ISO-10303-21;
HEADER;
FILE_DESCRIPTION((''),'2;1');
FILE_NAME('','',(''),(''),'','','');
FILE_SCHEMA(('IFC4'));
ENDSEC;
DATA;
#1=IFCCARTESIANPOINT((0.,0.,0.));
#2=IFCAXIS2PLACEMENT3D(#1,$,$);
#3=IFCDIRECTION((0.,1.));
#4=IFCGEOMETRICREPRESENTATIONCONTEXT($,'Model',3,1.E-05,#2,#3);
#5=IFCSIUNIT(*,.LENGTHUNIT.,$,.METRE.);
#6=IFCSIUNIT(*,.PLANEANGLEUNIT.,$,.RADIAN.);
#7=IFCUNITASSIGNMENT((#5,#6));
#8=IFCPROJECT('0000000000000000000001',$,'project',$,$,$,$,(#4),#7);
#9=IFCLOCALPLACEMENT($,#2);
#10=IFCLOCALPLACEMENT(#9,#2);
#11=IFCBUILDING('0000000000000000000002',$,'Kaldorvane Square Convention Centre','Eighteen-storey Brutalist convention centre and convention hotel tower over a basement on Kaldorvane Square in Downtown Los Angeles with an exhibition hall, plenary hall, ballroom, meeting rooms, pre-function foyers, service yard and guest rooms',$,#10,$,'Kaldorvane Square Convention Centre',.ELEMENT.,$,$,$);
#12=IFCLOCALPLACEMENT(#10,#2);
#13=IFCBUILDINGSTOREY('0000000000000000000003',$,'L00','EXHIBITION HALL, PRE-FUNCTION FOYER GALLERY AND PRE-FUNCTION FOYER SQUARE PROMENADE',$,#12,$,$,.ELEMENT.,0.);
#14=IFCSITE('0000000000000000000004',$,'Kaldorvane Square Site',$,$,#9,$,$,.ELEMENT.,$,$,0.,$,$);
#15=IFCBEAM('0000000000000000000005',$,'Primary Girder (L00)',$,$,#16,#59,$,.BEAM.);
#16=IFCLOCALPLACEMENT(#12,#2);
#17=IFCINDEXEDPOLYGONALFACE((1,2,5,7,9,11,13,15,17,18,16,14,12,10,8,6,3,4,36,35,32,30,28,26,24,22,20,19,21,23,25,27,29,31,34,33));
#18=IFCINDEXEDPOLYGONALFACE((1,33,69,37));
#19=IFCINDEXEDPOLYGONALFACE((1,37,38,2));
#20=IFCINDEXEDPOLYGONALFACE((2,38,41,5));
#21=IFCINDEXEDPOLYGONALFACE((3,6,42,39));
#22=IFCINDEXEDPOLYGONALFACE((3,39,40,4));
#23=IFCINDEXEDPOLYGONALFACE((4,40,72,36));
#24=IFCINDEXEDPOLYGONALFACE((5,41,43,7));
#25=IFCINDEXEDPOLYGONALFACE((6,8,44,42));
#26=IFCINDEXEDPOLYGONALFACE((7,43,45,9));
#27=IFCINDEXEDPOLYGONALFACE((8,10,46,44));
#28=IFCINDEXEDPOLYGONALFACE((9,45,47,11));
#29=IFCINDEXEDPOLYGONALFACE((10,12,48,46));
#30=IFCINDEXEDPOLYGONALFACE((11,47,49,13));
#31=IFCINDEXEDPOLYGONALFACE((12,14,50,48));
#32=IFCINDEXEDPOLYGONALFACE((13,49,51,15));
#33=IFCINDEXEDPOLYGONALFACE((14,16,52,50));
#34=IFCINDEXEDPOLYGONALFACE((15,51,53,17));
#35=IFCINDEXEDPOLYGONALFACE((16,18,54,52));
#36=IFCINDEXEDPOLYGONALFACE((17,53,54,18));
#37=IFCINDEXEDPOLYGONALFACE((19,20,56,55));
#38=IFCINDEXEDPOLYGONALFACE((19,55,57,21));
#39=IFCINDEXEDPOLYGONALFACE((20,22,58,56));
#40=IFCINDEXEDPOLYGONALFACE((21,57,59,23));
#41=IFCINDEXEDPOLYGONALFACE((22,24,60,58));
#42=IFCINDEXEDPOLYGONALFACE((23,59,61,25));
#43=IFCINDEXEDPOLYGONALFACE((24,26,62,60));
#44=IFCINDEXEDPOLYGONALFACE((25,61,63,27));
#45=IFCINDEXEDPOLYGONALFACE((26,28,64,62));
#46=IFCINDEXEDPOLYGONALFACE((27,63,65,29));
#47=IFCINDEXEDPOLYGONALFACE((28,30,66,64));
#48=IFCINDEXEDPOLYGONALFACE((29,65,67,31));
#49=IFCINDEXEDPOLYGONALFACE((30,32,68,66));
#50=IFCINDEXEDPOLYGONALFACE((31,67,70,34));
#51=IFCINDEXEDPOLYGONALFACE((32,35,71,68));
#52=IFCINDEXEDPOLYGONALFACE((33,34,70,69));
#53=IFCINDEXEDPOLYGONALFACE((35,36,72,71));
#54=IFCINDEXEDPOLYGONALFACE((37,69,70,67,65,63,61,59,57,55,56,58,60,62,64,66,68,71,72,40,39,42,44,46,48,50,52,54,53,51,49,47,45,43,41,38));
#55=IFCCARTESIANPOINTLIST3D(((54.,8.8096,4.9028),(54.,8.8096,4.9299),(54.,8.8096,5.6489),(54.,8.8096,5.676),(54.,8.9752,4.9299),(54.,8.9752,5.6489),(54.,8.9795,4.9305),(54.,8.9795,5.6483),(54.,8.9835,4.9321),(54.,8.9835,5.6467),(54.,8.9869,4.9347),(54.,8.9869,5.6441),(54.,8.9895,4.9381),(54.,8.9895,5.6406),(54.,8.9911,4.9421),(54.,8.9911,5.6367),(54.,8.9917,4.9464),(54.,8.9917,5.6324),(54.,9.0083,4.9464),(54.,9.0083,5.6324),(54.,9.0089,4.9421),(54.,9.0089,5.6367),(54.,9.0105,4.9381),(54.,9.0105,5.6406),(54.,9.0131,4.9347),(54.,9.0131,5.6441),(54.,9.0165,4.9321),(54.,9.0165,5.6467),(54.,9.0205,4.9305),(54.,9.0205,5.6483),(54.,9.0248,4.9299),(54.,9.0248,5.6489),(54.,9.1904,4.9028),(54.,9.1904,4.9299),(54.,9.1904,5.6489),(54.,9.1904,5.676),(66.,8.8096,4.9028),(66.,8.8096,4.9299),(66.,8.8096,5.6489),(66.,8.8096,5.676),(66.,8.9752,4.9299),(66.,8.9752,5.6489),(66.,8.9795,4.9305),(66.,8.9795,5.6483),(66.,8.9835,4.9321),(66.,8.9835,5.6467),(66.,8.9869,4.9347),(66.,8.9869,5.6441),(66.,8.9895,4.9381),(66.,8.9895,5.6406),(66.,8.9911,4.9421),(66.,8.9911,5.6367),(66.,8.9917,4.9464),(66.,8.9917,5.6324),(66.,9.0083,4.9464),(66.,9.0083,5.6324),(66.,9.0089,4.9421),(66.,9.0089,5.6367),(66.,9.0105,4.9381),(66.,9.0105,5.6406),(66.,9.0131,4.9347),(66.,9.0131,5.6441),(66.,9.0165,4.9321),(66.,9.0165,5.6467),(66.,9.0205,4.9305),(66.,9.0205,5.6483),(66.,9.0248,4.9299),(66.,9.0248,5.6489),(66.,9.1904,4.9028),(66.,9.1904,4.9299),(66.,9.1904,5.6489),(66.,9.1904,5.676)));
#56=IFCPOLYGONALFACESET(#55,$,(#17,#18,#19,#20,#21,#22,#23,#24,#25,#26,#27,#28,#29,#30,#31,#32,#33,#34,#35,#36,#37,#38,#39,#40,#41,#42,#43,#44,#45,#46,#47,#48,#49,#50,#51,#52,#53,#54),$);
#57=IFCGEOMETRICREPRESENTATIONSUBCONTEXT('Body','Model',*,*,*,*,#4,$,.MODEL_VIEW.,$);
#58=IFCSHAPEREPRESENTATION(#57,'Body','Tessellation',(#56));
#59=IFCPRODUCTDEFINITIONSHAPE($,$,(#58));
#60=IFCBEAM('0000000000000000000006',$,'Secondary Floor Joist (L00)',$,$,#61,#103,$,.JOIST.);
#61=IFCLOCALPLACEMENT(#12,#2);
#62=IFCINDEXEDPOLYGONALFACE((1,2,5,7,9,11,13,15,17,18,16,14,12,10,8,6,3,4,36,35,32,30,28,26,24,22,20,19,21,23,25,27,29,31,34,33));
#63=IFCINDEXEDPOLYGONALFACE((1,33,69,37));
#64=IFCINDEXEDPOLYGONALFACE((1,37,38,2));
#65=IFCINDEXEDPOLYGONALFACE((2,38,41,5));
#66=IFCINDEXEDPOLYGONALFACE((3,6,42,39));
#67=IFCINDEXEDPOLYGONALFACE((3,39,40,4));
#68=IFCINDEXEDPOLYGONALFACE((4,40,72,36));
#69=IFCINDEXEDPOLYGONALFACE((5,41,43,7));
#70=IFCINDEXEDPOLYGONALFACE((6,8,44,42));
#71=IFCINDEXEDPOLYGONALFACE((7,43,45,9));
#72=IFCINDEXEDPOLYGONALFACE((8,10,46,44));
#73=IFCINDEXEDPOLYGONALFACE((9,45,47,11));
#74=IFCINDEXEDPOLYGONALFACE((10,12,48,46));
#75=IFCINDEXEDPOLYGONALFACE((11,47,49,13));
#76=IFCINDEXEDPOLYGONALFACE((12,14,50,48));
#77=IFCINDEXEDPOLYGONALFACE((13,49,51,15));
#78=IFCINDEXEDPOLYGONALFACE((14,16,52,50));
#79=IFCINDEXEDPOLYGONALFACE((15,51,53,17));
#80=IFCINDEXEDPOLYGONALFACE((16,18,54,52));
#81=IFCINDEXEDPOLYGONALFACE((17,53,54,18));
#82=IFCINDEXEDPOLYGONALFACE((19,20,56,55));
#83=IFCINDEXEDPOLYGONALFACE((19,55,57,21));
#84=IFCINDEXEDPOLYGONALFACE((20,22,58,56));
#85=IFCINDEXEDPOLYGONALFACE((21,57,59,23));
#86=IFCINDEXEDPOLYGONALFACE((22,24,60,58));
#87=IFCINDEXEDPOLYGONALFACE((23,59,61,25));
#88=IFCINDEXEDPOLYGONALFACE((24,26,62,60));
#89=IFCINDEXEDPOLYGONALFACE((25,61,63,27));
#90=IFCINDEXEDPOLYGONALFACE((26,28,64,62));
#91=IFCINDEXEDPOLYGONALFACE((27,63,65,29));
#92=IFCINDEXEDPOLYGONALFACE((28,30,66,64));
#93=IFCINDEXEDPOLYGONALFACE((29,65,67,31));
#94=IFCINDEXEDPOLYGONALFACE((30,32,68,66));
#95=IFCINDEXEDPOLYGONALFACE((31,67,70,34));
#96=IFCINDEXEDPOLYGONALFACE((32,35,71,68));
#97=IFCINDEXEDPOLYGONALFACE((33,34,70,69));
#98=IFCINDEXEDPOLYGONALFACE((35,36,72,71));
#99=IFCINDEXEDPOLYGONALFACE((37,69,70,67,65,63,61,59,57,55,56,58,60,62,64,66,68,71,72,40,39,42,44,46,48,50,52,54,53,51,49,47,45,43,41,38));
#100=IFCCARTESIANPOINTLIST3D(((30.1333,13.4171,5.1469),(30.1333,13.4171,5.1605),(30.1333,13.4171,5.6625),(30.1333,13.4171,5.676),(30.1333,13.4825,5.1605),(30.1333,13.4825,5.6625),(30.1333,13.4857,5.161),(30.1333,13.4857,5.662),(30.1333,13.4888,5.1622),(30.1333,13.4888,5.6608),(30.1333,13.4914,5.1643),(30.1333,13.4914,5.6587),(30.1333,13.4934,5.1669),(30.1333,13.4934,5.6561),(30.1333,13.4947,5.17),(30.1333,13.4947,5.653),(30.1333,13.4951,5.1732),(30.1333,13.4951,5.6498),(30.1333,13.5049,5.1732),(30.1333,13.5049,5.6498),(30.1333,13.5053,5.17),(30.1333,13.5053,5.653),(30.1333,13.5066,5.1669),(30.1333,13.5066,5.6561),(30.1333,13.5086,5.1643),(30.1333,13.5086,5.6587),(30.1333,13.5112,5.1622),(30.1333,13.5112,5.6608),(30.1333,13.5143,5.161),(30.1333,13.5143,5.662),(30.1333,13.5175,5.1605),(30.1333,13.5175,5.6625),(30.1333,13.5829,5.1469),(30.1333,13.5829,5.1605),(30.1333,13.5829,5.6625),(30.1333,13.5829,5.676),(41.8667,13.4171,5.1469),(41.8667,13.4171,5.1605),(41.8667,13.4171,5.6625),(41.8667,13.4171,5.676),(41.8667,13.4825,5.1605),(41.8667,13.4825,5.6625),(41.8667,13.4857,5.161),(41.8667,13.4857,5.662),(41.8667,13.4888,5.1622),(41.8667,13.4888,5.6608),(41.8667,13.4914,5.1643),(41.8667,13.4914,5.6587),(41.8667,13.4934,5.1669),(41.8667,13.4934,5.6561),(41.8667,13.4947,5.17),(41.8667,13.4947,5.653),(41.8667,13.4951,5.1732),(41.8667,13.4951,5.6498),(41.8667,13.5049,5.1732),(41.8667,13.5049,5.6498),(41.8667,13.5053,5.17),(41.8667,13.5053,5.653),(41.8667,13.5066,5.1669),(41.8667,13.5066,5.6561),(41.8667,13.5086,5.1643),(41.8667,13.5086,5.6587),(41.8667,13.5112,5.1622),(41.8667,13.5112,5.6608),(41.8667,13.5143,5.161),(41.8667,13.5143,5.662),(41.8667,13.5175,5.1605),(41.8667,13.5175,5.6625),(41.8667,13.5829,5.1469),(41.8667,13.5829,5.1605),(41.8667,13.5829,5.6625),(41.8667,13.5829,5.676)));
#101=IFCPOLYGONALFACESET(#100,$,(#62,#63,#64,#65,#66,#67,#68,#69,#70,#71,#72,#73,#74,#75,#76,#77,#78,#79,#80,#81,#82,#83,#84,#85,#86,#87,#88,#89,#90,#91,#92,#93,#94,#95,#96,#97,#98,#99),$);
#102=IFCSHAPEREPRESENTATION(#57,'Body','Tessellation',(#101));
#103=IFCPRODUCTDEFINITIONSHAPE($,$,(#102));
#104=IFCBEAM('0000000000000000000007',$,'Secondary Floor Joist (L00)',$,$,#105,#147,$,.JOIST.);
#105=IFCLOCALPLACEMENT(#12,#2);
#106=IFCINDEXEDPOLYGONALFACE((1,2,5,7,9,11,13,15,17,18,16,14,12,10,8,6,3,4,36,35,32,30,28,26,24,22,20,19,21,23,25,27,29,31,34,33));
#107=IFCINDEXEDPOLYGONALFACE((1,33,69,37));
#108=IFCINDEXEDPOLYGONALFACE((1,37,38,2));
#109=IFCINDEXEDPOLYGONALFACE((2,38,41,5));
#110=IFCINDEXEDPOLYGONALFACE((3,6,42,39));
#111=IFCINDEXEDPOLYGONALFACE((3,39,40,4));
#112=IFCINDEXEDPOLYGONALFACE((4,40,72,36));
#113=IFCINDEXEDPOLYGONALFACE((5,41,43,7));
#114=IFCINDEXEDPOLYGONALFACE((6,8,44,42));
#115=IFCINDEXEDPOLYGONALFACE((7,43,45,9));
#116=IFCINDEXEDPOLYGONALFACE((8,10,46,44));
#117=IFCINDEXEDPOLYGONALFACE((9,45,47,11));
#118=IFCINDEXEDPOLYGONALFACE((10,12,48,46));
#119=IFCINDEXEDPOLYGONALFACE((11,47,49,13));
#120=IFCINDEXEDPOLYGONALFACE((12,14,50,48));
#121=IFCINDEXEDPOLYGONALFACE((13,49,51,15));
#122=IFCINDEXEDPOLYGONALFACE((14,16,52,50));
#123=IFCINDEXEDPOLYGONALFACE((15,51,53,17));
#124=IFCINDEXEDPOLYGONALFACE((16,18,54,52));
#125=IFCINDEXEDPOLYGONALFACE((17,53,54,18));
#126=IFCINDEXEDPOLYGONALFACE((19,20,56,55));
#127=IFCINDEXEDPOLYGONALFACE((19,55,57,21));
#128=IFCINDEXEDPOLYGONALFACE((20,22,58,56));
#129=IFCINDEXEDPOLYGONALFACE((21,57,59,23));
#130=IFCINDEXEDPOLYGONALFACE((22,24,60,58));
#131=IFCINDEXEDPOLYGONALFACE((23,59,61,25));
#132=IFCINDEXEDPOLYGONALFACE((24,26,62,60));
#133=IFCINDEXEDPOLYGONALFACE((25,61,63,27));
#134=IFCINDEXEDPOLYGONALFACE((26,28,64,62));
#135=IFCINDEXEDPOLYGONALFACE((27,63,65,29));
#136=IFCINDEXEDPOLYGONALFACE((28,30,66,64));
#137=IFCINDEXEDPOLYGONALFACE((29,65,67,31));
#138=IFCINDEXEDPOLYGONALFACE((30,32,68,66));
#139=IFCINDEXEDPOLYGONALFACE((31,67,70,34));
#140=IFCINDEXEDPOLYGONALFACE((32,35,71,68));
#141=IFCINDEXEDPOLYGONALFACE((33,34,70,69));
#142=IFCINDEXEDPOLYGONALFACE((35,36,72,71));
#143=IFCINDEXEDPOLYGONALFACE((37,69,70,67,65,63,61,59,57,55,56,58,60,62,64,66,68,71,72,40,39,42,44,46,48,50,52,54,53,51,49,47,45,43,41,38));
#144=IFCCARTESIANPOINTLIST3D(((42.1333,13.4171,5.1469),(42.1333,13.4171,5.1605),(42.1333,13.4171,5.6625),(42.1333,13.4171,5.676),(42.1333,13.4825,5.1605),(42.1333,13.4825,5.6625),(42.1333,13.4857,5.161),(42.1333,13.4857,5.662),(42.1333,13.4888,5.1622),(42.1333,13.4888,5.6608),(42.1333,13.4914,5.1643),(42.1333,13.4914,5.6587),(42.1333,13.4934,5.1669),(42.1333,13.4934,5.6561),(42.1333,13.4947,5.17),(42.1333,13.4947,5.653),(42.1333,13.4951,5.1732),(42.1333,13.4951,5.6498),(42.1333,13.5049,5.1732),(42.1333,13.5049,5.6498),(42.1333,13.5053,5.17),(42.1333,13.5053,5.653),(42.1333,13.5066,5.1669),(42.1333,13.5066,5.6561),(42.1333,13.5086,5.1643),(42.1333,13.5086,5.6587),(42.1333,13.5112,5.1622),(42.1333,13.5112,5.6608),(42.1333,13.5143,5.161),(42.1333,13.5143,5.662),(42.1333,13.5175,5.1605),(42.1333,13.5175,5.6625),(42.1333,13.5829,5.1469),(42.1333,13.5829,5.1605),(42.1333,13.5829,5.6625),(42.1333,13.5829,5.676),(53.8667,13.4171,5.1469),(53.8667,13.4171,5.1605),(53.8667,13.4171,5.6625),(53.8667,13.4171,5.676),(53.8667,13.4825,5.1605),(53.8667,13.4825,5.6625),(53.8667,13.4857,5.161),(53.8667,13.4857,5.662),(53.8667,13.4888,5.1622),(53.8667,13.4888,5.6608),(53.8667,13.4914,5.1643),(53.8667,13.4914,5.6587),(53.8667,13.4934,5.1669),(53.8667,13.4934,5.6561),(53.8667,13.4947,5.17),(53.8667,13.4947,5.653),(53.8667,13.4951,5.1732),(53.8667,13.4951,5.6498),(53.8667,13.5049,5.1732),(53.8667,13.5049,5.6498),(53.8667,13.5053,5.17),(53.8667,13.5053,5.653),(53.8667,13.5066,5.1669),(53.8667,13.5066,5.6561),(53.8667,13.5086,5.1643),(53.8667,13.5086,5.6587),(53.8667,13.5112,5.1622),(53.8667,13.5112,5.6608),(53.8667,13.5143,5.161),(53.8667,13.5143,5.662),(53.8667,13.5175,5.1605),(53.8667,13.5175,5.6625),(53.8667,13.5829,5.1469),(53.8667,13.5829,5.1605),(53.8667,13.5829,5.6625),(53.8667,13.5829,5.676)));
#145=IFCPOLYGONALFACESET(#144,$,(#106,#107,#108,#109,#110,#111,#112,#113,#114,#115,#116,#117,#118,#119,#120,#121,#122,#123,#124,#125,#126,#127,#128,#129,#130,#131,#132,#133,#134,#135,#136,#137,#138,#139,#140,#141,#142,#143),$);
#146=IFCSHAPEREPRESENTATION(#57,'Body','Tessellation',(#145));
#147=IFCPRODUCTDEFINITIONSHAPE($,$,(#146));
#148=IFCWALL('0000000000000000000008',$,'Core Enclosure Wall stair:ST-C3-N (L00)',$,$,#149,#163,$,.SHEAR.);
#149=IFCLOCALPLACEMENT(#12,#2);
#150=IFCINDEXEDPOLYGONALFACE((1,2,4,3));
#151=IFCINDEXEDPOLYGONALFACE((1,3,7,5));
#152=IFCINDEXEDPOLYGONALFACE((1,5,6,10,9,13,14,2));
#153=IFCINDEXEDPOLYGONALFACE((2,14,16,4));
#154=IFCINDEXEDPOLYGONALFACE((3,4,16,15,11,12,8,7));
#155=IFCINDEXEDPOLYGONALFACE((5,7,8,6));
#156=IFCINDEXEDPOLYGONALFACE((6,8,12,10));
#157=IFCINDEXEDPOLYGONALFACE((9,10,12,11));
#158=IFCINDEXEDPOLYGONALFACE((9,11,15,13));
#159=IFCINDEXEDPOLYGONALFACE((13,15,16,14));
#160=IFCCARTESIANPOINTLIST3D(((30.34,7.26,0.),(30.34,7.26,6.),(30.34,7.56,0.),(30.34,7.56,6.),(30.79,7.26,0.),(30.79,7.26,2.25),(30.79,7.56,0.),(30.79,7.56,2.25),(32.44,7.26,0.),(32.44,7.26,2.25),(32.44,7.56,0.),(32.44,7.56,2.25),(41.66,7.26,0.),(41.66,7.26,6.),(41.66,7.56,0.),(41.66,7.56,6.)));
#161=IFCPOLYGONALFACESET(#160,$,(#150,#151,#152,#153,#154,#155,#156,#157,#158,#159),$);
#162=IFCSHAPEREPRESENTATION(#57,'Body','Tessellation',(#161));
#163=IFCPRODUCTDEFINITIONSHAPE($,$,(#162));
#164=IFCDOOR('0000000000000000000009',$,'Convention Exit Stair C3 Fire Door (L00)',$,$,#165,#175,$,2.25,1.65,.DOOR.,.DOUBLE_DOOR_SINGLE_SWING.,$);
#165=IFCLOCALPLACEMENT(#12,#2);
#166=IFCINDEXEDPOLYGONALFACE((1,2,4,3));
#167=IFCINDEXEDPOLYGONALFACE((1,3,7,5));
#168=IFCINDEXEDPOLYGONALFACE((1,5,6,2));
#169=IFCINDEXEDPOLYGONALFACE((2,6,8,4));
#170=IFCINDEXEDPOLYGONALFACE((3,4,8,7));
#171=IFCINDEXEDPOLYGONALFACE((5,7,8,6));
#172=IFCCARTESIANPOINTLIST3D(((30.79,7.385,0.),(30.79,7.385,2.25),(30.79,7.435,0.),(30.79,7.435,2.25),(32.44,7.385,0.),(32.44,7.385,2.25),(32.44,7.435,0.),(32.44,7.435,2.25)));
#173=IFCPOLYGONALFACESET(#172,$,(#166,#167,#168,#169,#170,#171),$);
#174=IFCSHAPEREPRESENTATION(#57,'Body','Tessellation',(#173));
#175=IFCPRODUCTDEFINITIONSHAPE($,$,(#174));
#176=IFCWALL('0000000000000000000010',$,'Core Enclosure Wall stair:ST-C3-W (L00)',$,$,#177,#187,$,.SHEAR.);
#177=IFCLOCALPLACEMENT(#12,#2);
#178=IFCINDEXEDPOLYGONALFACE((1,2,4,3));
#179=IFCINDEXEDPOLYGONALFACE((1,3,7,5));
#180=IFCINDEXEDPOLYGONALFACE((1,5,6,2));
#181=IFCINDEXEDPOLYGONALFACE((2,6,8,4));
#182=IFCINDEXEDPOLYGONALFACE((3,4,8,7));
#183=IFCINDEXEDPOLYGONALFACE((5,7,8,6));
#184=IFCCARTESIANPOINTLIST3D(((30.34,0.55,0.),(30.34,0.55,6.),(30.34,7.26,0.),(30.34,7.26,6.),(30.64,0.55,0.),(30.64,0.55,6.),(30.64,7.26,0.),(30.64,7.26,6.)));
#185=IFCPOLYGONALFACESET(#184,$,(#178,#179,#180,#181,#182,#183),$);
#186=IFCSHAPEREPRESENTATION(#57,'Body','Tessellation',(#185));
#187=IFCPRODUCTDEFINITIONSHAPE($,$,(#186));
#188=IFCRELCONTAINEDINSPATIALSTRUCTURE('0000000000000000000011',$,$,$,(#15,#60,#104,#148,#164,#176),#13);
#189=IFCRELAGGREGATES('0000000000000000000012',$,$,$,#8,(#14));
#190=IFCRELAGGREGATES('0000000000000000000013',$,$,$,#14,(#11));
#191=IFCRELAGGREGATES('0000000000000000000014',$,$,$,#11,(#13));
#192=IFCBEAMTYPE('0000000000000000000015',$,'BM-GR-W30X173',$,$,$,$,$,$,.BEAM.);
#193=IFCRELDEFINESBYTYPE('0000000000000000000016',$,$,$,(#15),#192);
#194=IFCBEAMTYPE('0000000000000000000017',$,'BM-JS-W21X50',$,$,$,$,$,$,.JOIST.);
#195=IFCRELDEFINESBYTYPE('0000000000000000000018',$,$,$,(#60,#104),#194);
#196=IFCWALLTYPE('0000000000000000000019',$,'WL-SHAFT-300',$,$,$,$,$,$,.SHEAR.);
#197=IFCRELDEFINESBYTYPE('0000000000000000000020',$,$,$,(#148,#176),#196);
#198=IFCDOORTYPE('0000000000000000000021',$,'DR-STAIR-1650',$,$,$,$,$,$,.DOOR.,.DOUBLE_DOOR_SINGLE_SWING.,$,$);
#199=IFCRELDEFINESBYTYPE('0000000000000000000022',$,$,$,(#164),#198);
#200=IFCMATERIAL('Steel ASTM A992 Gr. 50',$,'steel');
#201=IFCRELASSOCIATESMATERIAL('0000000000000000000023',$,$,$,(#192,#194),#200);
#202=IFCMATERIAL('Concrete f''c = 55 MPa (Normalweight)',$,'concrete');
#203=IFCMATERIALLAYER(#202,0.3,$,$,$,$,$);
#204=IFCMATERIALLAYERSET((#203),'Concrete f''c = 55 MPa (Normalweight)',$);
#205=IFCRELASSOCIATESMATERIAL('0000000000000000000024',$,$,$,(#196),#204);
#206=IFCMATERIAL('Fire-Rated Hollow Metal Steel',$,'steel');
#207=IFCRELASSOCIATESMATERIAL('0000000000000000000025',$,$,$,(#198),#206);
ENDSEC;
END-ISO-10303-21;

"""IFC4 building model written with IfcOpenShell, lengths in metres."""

from ifc_helpers import new_model, si_unit, direction, frame, frame_2d, origin, origin_2d, place, context, subcontext, project, spatial, rectangle, i_section, extrude, material, layer, layer_set, material_profile, profile_set, type_object, element, fill, save


model = new_model("IFC4")

# Units and contexts
model_context = context("Model", 3, precision=1e-05, world=origin(), true_north=direction((0.0, 1.0)))
body_context = subcontext(model_context, "Body", "Model", "MODEL_VIEW")
ifc_project = project(units=[si_unit("LENGTHUNIT", "METRE"), si_unit("PLANEANGLEUNIT", "RADIAN")], contexts=[model_context])

# Site, building, storey
site_placement = place(None, origin())
site = spatial("IfcSite", under=ifc_project, at=site_placement, Name="Kaldorvane Square Site", CompositionType="ELEMENT", RefElevation=0.0)
building_placement = place(site_placement, origin())
building = spatial("IfcBuilding", under=site, at=building_placement, Name="Kaldorvane Square Convention Centre", Description="Eighteen-storey Brutalist convention centre and convention hotel tower over a basement on Kaldorvane Square in Downtown Los Angeles with an exhibition hall, plenary hall, ballroom, meeting rooms, pre-function foyers, service yard and guest rooms", LongName="Kaldorvane Square Convention Centre", CompositionType="ELEMENT")
storey_placement = place(building_placement, origin())
storey = spatial("IfcBuildingStorey", under=building, at=storey_placement, Name="L00", Description="EXHIBITION HALL, PRE-FUNCTION FOYER GALLERY AND PRE-FUNCTION FOYER SQUARE PROMENADE", CompositionType="ELEMENT", Elevation=0.0)

# Shared definitions
ifc_material_1 = material(Name="Concrete f'c = 55 MPa (Normalweight)", Category="concrete")
ifc_material_2 = material(Name="Steel ASTM A992 Gr. 50", Category="steel")

# Beams
ifc_material_profile_1 = material_profile(ifc_material_2, i_section(OverallWidth=0.3807, OverallDepth=0.7732, WebThickness=0.0166, FlangeThickness=0.0271, FilletRadius=0.0165, at=origin_2d()), Name="W30X173")
ifc_profile_set_1 = profile_set([ifc_material_profile_1], Name="Steel ASTM A992 Gr. 50")
beam_type_1 = type_object("IfcBeamType", Name="BM-GR-W30X173", PredefinedType="BEAM", material=ifc_profile_set_1)
for number, where, z_axis, x_axis, name in (
    (1, (54.0, 9.0, 5.2894), (1.0, 0.0, 0.0), (0.0, 1.0, 0.0), "Primary Girder (L00)"),
):
    element("IfcBeam", number, at=place(storey_placement, frame(where, z_axis=z_axis, x_axis=x_axis)), inside=storey, type_object=beam_type_1, Name=name, PredefinedType="BEAM", context=body_context, shape_type="SweptSolid", body=[
        extrude(i_section(OverallWidth=0.3807, OverallDepth=0.7732, WebThickness=0.0166, FlangeThickness=0.0271, FilletRadius=0.0165, at=origin_2d()), origin(), (0.0, 0.0, 1.0), 12.0),
    ])
ifc_material_profile_2 = material_profile(ifc_material_2, i_section(OverallWidth=0.1659, OverallDepth=0.5291, WebThickness=0.0097, FlangeThickness=0.0136, FilletRadius=0.0127, at=origin_2d()), Name="W21X50")
ifc_profile_set_2 = profile_set([ifc_material_profile_2], Name="Steel ASTM A992 Gr. 50")
beam_type_2 = type_object("IfcBeamType", Name="BM-JS-W21X50", PredefinedType="JOIST", material=ifc_profile_set_2)
for number, where, z_axis, x_axis, name in (
    (2, (30.1333, 13.5, 5.4115), (1.0, 0.0, 0.0), (0.0, 1.0, 0.0), "Secondary Floor Joist (L00)"),
    (3, (42.1333, 13.5, 5.4115), (1.0, 0.0, 0.0), (0.0, 1.0, 0.0), "Secondary Floor Joist (L00)"),
):
    element("IfcBeam", number, at=place(storey_placement, frame(where, z_axis=z_axis, x_axis=x_axis)), inside=storey, type_object=beam_type_2, Name=name, PredefinedType="JOIST", context=body_context, shape_type="SweptSolid", body=[
        extrude(i_section(OverallWidth=0.1659, OverallDepth=0.5291, WebThickness=0.0097, FlangeThickness=0.0136, FilletRadius=0.0127, at=origin_2d()), origin(), (0.0, 0.0, 1.0), 11.7334),
    ])

# Wall, opening, door
ifc_layer = layer(ifc_material_1, 0.3)
ifc_layer_set = layer_set([ifc_layer], Name="Concrete f'c = 55 MPa (Normalweight)")
wall_type = type_object("IfcWallType", Name="WL-SHAFT-300", PredefinedType="SHEAR", material=ifc_layer_set)
wall_1_placement = place(storey_placement, frame((41.66, 7.41, 0.0), z_axis=(0.0, 0.0, 1.0), x_axis=(-1.0, 0.0, 0.0)))
wall_1 = element("IfcWall", 4, at=wall_1_placement, inside=storey, type_object=wall_type, Name="Core Enclosure Wall stair:ST-C3-N (L00)", PredefinedType="SHEAR", context=body_context, shape_type="SweptSolid", body=[
    extrude(rectangle(XDim=11.32, YDim=0.3, at=frame_2d((5.66, 0.0))), origin(), (0.0, 0.0, 1.0), 6.0),
])
opening_1_placement = place(wall_1_placement, frame((9.22, 0.0, 0.0)))
opening_1 = element("IfcOpeningElement", 5, at=opening_1_placement, cuts=wall_1, PredefinedType="OPENING", context=body_context, shape_type="SweptSolid", body=[
    extrude(rectangle(XDim=1.65, YDim=2.25, at=frame_2d((0.825, 1.125))), frame((0.0, 0.165, 0.0), z_axis=(0.0, -1.0, 0.0), x_axis=(1.0, 0.0, 0.0)), (0.0, 0.0, 1.0), 0.33),
])
ifc_material_3 = material(Name="Fire-Rated Hollow Metal Steel", Category="steel")
door_type = type_object("IfcDoorType", Name="DR-STAIR-1650", OperationType="DOUBLE_DOOR_SINGLE_SWING", PredefinedType="DOOR", material=ifc_material_3)
door_1_placement = place(opening_1_placement, origin())
door_1 = element("IfcDoor", 6, at=door_1_placement, inside=storey, type_object=door_type, Name="Convention Exit Stair C3 Fire Door (L00)", OperationType="DOUBLE_DOOR_SINGLE_SWING", OverallHeight=2.25, OverallWidth=1.65, PredefinedType="DOOR", context=body_context, shape_type="SweptSolid", body=[
    extrude(rectangle(XDim=1.65, YDim=2.25, at=frame_2d((0.825, 1.125))), frame((0.0, 0.025, 0.0), z_axis=(0.0, -1.0, 0.0), x_axis=(1.0, 0.0, 0.0)), (0.0, 0.0, 1.0), 0.05),
])
fill(opening_1, door_1)

# Wall
wall_2_placement = place(storey_placement, frame((30.49, 7.26, 0.0), z_axis=(0.0, 0.0, 1.0), x_axis=(0.0, -1.0, 0.0)))
element("IfcWall", 7, at=wall_2_placement, inside=storey, type_object=wall_type, Name="Core Enclosure Wall stair:ST-C3-W (L00)", PredefinedType="SHEAR", context=body_context, shape_type="SweptSolid", body=[
    extrude(rectangle(XDim=6.71, YDim=0.3, at=frame_2d((3.355, 0.0))), origin(), (0.0, 0.0, 1.0), 6.0),
])

save(model, "model.ifc")
